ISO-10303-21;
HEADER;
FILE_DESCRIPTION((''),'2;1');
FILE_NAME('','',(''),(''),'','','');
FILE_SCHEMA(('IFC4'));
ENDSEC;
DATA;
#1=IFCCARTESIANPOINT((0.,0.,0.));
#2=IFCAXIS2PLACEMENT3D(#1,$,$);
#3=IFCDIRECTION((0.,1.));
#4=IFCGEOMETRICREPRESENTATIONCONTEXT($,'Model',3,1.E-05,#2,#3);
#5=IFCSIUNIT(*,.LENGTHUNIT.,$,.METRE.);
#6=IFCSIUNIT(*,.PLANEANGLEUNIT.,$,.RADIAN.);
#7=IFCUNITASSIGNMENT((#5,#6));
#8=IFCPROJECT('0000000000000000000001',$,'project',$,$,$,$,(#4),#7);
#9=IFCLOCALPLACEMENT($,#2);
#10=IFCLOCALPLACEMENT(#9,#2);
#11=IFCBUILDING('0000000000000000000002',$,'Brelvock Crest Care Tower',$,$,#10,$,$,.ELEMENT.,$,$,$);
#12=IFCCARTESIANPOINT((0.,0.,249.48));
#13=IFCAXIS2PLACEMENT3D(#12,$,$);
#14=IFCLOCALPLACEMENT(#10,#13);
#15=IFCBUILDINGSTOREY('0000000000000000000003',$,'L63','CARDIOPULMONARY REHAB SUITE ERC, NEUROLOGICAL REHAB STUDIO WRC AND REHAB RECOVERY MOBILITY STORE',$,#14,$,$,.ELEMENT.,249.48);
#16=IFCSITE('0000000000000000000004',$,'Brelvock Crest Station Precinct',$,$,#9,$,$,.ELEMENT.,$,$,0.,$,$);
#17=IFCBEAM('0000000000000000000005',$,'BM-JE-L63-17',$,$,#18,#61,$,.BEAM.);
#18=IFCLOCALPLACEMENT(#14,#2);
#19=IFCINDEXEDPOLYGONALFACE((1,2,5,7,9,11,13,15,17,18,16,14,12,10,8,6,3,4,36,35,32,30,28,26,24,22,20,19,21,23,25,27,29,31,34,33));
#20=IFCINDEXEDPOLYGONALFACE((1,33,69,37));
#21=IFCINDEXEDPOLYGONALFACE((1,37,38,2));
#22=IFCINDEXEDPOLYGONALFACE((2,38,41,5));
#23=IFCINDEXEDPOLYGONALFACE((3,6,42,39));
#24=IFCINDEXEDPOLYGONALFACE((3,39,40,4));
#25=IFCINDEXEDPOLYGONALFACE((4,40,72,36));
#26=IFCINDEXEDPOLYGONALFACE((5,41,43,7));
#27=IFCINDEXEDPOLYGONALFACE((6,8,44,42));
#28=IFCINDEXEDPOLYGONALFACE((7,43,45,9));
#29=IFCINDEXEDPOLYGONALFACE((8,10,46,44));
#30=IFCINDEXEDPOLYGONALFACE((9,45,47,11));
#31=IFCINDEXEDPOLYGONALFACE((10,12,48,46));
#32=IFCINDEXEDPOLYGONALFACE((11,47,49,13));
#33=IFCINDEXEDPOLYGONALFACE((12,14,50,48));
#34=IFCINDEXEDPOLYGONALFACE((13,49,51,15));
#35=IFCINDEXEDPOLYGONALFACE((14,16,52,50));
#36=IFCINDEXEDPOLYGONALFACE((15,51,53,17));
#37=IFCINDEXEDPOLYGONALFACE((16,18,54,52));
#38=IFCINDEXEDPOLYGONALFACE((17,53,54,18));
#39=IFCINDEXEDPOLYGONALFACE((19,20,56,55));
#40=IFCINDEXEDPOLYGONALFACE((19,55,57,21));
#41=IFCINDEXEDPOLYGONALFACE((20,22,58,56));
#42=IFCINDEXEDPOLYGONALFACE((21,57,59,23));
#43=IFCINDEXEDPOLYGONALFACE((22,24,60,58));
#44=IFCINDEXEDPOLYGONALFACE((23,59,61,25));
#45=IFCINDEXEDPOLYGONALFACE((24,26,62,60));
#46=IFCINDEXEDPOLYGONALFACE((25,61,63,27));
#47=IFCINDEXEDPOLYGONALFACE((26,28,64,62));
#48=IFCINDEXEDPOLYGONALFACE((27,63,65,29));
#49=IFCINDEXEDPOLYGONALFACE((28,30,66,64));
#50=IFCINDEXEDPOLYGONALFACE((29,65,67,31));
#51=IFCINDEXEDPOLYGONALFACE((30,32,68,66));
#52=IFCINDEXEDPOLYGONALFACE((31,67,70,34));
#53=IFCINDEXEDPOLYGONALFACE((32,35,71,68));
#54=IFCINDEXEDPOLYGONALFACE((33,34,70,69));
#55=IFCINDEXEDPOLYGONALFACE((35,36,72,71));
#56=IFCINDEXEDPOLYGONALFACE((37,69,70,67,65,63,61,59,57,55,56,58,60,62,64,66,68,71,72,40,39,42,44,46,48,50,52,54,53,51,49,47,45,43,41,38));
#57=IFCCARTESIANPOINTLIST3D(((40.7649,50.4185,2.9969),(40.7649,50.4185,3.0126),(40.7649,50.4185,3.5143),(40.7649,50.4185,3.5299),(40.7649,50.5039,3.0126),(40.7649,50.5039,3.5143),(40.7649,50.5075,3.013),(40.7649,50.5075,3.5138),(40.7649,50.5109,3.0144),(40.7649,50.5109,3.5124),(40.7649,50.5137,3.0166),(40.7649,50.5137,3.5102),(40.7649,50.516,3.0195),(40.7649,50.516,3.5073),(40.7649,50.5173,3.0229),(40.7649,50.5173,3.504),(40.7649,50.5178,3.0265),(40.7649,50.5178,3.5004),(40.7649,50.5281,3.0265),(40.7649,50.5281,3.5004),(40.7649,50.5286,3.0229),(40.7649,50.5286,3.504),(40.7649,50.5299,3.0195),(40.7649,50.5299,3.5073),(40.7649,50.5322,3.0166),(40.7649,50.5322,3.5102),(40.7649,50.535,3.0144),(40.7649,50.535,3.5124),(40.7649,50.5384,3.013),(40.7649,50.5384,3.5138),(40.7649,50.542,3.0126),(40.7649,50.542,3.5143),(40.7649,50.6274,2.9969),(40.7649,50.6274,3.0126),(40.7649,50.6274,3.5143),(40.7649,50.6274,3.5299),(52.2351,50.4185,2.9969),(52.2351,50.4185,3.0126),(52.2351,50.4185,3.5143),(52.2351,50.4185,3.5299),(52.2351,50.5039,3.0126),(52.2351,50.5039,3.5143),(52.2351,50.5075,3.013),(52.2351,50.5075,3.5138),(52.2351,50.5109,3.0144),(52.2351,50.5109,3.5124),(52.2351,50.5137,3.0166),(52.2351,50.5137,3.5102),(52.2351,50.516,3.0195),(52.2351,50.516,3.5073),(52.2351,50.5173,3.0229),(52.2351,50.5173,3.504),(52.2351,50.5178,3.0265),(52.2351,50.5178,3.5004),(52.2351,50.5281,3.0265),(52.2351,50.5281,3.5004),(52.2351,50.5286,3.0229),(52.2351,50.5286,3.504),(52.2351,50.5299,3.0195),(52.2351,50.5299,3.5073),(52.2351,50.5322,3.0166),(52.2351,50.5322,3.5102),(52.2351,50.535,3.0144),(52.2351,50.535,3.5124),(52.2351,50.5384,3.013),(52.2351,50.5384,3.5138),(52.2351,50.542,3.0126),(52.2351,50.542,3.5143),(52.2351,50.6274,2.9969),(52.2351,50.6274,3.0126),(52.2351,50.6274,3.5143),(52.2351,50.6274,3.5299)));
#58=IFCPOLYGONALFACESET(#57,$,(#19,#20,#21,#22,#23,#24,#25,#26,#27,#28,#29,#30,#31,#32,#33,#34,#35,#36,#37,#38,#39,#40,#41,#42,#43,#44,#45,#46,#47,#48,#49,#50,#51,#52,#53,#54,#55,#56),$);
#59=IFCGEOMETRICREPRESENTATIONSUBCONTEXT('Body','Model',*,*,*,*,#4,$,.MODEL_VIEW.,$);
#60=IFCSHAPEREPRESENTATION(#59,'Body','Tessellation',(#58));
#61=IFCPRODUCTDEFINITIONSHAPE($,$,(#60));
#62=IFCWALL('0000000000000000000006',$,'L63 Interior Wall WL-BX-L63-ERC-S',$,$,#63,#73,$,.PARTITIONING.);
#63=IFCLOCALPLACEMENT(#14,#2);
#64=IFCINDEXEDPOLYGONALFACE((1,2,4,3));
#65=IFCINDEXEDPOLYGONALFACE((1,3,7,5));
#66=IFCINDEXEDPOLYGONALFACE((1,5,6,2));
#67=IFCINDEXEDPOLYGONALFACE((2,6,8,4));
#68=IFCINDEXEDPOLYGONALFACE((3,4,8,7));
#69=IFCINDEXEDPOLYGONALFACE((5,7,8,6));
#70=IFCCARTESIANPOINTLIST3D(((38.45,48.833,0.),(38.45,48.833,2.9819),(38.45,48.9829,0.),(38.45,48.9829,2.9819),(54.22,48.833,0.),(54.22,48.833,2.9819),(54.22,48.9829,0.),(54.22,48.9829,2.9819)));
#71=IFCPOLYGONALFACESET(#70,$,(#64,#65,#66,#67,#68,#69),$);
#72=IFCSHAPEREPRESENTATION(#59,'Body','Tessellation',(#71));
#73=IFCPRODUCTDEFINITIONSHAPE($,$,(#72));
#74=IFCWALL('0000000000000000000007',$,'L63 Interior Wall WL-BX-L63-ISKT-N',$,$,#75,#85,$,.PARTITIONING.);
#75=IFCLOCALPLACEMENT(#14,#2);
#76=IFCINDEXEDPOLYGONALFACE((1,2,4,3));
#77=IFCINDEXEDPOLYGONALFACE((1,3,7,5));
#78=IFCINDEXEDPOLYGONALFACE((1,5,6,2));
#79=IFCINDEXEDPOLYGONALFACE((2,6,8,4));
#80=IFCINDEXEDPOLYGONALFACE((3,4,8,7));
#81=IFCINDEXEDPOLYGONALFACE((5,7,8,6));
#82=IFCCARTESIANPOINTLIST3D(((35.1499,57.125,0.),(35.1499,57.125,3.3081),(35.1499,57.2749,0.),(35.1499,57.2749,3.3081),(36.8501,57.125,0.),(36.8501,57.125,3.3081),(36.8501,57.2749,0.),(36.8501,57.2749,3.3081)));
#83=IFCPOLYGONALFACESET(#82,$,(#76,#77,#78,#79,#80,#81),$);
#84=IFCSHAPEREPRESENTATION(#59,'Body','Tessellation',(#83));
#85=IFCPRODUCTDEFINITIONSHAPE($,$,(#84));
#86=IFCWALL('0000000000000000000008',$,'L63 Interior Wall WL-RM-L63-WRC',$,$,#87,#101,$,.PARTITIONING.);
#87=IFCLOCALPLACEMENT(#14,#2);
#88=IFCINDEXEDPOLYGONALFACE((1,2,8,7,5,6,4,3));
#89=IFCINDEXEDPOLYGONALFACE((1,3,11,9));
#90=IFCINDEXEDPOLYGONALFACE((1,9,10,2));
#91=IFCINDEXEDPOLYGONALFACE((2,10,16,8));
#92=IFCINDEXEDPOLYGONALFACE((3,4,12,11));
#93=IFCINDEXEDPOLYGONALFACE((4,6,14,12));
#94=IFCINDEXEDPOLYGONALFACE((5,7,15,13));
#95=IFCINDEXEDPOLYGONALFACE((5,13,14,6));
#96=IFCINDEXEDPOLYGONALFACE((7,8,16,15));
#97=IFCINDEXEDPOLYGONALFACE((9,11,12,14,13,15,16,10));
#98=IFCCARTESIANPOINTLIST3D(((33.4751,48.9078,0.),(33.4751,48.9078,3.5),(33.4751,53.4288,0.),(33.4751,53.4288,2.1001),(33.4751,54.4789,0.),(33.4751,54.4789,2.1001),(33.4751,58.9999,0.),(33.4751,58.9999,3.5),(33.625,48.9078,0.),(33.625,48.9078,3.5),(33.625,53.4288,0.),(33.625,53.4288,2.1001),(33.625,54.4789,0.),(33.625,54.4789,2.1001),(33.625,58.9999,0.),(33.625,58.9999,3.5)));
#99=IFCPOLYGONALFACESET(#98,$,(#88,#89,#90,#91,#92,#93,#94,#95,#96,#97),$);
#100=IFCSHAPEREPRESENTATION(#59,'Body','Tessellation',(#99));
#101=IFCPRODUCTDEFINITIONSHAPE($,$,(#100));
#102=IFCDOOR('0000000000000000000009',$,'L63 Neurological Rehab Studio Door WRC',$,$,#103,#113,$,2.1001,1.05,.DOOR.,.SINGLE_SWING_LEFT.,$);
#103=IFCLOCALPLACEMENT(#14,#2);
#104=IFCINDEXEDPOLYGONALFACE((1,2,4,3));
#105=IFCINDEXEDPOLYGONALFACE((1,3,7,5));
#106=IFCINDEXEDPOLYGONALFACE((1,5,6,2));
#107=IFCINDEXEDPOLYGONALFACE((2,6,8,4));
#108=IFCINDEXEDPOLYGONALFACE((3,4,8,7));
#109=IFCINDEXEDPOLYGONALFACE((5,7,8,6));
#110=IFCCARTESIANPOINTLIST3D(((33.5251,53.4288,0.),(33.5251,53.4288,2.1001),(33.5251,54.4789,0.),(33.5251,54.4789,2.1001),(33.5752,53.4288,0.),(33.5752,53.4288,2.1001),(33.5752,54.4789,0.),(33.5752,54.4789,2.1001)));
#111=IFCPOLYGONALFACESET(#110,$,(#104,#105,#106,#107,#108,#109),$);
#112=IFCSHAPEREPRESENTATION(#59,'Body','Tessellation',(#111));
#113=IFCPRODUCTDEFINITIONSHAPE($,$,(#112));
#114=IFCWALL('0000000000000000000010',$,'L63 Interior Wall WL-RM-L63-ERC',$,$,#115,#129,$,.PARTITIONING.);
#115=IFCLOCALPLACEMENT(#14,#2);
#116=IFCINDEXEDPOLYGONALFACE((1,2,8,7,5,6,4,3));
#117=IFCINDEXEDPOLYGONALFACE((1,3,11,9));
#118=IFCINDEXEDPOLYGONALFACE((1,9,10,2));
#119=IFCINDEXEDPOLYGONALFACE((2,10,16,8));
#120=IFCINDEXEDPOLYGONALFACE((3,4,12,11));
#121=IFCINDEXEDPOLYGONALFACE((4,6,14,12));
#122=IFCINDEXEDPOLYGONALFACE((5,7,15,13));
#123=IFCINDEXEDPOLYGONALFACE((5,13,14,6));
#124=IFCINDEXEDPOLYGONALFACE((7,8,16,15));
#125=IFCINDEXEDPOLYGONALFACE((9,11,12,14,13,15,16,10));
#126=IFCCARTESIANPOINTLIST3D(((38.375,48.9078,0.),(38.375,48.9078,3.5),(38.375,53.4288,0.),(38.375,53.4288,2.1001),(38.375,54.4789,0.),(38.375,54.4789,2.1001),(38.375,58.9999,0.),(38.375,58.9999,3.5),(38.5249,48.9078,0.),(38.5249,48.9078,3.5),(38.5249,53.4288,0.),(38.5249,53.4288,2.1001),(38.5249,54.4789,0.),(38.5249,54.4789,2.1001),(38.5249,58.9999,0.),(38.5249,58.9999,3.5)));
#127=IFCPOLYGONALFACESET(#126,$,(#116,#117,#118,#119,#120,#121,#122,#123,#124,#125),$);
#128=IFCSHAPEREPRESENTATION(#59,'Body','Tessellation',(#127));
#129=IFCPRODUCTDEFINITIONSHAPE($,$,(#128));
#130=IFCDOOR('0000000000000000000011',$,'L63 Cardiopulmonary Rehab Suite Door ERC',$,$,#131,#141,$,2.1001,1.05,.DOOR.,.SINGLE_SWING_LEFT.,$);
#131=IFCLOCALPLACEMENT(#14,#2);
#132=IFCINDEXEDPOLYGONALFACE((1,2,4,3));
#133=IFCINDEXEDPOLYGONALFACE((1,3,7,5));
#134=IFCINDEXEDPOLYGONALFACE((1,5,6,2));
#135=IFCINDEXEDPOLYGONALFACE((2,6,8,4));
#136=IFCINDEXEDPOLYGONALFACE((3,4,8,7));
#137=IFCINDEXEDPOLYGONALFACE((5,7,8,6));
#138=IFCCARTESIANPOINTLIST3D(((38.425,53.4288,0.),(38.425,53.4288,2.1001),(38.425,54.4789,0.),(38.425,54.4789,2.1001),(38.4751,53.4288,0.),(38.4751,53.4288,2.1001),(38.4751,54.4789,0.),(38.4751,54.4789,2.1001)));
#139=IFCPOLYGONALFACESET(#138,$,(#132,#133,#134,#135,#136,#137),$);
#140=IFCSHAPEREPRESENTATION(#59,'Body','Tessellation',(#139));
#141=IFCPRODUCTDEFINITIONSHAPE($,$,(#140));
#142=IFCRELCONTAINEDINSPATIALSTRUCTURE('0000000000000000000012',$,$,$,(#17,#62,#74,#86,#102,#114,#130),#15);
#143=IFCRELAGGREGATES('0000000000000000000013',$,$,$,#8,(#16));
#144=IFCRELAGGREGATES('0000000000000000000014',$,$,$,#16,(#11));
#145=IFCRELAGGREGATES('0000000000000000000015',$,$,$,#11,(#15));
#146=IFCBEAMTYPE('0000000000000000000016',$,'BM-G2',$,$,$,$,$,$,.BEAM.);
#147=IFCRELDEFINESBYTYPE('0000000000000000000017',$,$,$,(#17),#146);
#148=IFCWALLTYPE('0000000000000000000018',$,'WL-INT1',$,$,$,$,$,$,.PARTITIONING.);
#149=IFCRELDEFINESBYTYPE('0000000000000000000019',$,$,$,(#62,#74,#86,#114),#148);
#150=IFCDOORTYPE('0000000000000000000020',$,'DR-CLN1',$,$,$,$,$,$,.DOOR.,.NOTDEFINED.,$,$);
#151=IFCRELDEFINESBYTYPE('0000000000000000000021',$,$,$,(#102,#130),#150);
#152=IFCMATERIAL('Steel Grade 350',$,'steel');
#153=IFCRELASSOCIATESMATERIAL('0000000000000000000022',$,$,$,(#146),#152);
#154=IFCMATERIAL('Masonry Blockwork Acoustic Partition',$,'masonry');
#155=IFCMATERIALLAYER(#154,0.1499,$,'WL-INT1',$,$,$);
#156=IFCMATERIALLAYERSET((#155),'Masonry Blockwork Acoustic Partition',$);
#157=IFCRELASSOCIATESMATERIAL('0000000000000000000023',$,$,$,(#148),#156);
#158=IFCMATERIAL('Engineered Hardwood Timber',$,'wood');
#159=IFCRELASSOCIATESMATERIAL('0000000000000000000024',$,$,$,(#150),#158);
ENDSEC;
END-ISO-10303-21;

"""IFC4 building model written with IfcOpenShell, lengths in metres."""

from ifc_helpers import new_model, si_unit, direction, frame, frame_2d, origin, origin_2d, place, context, subcontext, project, spatial, rectangle, i_section, extrude, source, transform, mapped, material, layer, layer_set, material_profile, profile_set, type_object, element, fill, save


model = new_model("IFC4")

# Units and contexts
model_context = context("Model", 3, precision=1e-05, world=origin(), true_north=direction((0.0, 1.0)))
body_context = subcontext(model_context, "Body", "Model", "MODEL_VIEW")
ifc_project = project(units=[si_unit("LENGTHUNIT", "METRE"), si_unit("PLANEANGLEUNIT", "RADIAN")], contexts=[model_context])

# Site, building, storey
site_placement = place(None, origin())
site = spatial("IfcSite", under=ifc_project, at=site_placement, Name="Brelvock Crest Station Precinct", CompositionType="ELEMENT", RefElevation=0.0)
building_placement = place(site_placement, origin())
building = spatial("IfcBuilding", under=site, at=building_placement, Name="Brelvock Crest Care Tower", CompositionType="ELEMENT")
storey_placement = place(building_placement, frame((0.0, 0.0, 249.48)))
storey = spatial("IfcBuildingStorey", under=building, at=storey_placement, Name="L63", Description="CARDIOPULMONARY REHAB SUITE ERC, NEUROLOGICAL REHAB STUDIO WRC AND REHAB RECOVERY MOBILITY STORE", CompositionType="ELEMENT", Elevation=249.48)

# Beam
ifc_material_1 = material(Name="Steel Grade 350", Category="steel")
ifc_material_profile_1 = material_profile(ifc_material_1, i_section(OverallWidth=0.209, OverallDepth=0.533, WebThickness=0.0103, FlangeThickness=0.0156, FilletRadius=0.0139, at=origin_2d()), Name="530UB92.4")
ifc_profile_set_1 = profile_set([ifc_material_profile_1], Name="Steel Grade 350")
beam_type_1 = type_object("IfcBeamType", Name="BM-G2", PredefinedType="BEAM", material=ifc_profile_set_1)
shared_shape_1 = source(origin(), body_context, "Body", "SweptSolid", [
    extrude(i_section(OverallWidth=0.209, OverallDepth=0.533, WebThickness=0.0103, FlangeThickness=0.0156, FilletRadius=0.0139, at=origin_2d()), origin(), (0.0, 0.0, 1.0), 11.4702),
])
for number, where, z_axis, x_axis, name in (
    (1, (40.7649, 50.5229, 3.2634), (1.0, 0.0, 0.0), (0.0, 1.0, 0.0), "BM-JE-L63-17"),
):
    element("IfcBeam", number, at=place(storey_placement, frame(where, z_axis=z_axis, x_axis=x_axis)), inside=storey, type_object=beam_type_1, Name=name, PredefinedType="BEAM", context=body_context, shape_type="MappedRepresentation", body=[
        mapped(shared_shape_1, transform((0.0, 0.0, 0.0), x_axis=(1.0, 0.0, 0.0), y_axis=(0.0, 1.0, 0.0), z_axis=(0.0, 0.0, 1.0), scale=1.0)),
    ])

# Walls
ifc_material_2 = material(Name="Masonry Blockwork Acoustic Partition", Category="masonry")
ifc_layer = layer(ifc_material_2, 0.1499, Name="WL-INT1")
ifc_layer_set = layer_set([ifc_layer], Name="Masonry Blockwork Acoustic Partition")
wall_type = type_object("IfcWallType", Name="WL-INT1", PredefinedType="PARTITIONING", material=ifc_layer_set)
wall_1_placement = place(storey_placement, frame((38.45, 48.908, 0.0), z_axis=(0.0, 0.0, 1.0), x_axis=(1.0, 0.0, 0.0)))
element("IfcWall", 2, at=wall_1_placement, inside=storey, type_object=wall_type, Name="L63 Interior Wall WL-BX-L63-ERC-S", PredefinedType="PARTITIONING", context=body_context, shape_type="SweptSolid", body=[
    extrude(rectangle(XDim=15.77, YDim=0.1499, at=frame_2d((7.885, 0.0))), origin(), (0.0, 0.0, 1.0), 2.9819),
])
wall_2_placement = place(storey_placement, frame((35.1499, 57.2, 0.0), z_axis=(0.0, 0.0, 1.0), x_axis=(1.0, 0.0, 0.0)))
element("IfcWall", 3, at=wall_2_placement, inside=storey, type_object=wall_type, Name="L63 Interior Wall WL-BX-L63-ISKT-N", PredefinedType="PARTITIONING", context=body_context, shape_type="SweptSolid", body=[
    extrude(rectangle(XDim=1.7002, YDim=0.1499, at=frame_2d((0.8501, 0.0))), origin(), (0.0, 0.0, 1.0), 3.3081),
])

# Walls, openings, doors
wall_3_placement = place(storey_placement, frame((33.55, 48.908, 0.0), z_axis=(0.0, 0.0, 1.0), x_axis=(0.0, 1.0, 0.0)))
wall_3 = element("IfcWall", 4, at=wall_3_placement, inside=storey, type_object=wall_type, Name="L63 Interior Wall WL-RM-L63-WRC", PredefinedType="PARTITIONING", context=body_context, shape_type="SweptSolid", body=[
    extrude(rectangle(XDim=10.092, YDim=0.1499, at=frame_2d((5.0459, 0.0))), origin(), (0.0, 0.0, 1.0), 3.5),
])
opening_1_placement = place(wall_3_placement, frame((4.521, 0.0, 0.0)))
opening_1 = element("IfcOpeningElement", 5, at=opening_1_placement, cuts=wall_3, PredefinedType="OPENING", context=body_context, shape_type="SweptSolid", body=[
    extrude(rectangle(XDim=1.05, YDim=2.1001, at=origin_2d()), frame((0.5249, 0.085, 1.05), z_axis=(0.0, -1.0, 0.0), x_axis=(1.0, 0.0, 0.0)), (0.0, 0.0, 1.0), 0.1699),
])
ifc_material_3 = material(Name="Engineered Hardwood Timber", Category="wood")
door_type = type_object("IfcDoorType", Name="DR-CLN1", OperationType="NOTDEFINED", PredefinedType="DOOR", material=ifc_material_3)
shared_shape_2 = source(origin(), body_context, "Body", "SweptSolid", [
    extrude(rectangle(XDim=1.05, YDim=2.1001, at=origin_2d()), frame((0.5249, 0.0249, 1.05), z_axis=(0.0, -1.0, 0.0), x_axis=(1.0, 0.0, 0.0)), (0.0, 0.0, 1.0), 0.05),
])
door_1_placement = place(opening_1_placement, origin())
door_1 = element("IfcDoor", 6, at=door_1_placement, inside=storey, type_object=door_type, Name="L63 Neurological Rehab Studio Door WRC", OperationType="SINGLE_SWING_LEFT", OverallHeight=2.1001, OverallWidth=1.05, PredefinedType="DOOR", context=body_context, shape_type="MappedRepresentation", body=[
    mapped(shared_shape_2, transform((0.0, 0.0, 0.0), x_axis=(1.0, 0.0, 0.0), y_axis=(0.0, 1.0, 0.0), z_axis=(0.0, 0.0, 1.0), scale=1.0)),
])
fill(opening_1, door_1)
wall_4_placement = place(storey_placement, frame((38.45, 48.908, 0.0), z_axis=(0.0, 0.0, 1.0), x_axis=(0.0, 1.0, 0.0)))
wall_4 = element("IfcWall", 7, at=wall_4_placement, inside=storey, type_object=wall_type, Name="L63 Interior Wall WL-RM-L63-ERC", PredefinedType="PARTITIONING", context=body_context, shape_type="SweptSolid", body=[
    extrude(rectangle(XDim=10.092, YDim=0.1499, at=frame_2d((5.0459, 0.0))), origin(), (0.0, 0.0, 1.0), 3.5),
])
opening_2_placement = place(wall_4_placement, frame((4.521, 0.0, 0.0)))
opening_2 = element("IfcOpeningElement", 8, at=opening_2_placement, cuts=wall_4, PredefinedType="OPENING", context=body_context, shape_type="SweptSolid", body=[
    extrude(rectangle(XDim=1.05, YDim=2.1001, at=origin_2d()), frame((0.5249, 0.085, 1.05), z_axis=(0.0, -1.0, 0.0), x_axis=(1.0, 0.0, 0.0)), (0.0, 0.0, 1.0), 0.1699),
])
door_2_placement = place(opening_2_placement, origin())
door_2 = element("IfcDoor", 9, at=door_2_placement, inside=storey, type_object=door_type, Name="L63 Cardiopulmonary Rehab Suite Door ERC", OperationType="SINGLE_SWING_LEFT", OverallHeight=2.1001, OverallWidth=1.05, PredefinedType="DOOR", context=body_context, shape_type="MappedRepresentation", body=[
    mapped(shared_shape_2, transform((0.0, 0.0, 0.0), x_axis=(1.0, 0.0, 0.0), y_axis=(0.0, 1.0, 0.0), z_axis=(0.0, 0.0, 1.0), scale=1.0)),
])
fill(opening_2, door_2)

save(model, "model.ifc")
